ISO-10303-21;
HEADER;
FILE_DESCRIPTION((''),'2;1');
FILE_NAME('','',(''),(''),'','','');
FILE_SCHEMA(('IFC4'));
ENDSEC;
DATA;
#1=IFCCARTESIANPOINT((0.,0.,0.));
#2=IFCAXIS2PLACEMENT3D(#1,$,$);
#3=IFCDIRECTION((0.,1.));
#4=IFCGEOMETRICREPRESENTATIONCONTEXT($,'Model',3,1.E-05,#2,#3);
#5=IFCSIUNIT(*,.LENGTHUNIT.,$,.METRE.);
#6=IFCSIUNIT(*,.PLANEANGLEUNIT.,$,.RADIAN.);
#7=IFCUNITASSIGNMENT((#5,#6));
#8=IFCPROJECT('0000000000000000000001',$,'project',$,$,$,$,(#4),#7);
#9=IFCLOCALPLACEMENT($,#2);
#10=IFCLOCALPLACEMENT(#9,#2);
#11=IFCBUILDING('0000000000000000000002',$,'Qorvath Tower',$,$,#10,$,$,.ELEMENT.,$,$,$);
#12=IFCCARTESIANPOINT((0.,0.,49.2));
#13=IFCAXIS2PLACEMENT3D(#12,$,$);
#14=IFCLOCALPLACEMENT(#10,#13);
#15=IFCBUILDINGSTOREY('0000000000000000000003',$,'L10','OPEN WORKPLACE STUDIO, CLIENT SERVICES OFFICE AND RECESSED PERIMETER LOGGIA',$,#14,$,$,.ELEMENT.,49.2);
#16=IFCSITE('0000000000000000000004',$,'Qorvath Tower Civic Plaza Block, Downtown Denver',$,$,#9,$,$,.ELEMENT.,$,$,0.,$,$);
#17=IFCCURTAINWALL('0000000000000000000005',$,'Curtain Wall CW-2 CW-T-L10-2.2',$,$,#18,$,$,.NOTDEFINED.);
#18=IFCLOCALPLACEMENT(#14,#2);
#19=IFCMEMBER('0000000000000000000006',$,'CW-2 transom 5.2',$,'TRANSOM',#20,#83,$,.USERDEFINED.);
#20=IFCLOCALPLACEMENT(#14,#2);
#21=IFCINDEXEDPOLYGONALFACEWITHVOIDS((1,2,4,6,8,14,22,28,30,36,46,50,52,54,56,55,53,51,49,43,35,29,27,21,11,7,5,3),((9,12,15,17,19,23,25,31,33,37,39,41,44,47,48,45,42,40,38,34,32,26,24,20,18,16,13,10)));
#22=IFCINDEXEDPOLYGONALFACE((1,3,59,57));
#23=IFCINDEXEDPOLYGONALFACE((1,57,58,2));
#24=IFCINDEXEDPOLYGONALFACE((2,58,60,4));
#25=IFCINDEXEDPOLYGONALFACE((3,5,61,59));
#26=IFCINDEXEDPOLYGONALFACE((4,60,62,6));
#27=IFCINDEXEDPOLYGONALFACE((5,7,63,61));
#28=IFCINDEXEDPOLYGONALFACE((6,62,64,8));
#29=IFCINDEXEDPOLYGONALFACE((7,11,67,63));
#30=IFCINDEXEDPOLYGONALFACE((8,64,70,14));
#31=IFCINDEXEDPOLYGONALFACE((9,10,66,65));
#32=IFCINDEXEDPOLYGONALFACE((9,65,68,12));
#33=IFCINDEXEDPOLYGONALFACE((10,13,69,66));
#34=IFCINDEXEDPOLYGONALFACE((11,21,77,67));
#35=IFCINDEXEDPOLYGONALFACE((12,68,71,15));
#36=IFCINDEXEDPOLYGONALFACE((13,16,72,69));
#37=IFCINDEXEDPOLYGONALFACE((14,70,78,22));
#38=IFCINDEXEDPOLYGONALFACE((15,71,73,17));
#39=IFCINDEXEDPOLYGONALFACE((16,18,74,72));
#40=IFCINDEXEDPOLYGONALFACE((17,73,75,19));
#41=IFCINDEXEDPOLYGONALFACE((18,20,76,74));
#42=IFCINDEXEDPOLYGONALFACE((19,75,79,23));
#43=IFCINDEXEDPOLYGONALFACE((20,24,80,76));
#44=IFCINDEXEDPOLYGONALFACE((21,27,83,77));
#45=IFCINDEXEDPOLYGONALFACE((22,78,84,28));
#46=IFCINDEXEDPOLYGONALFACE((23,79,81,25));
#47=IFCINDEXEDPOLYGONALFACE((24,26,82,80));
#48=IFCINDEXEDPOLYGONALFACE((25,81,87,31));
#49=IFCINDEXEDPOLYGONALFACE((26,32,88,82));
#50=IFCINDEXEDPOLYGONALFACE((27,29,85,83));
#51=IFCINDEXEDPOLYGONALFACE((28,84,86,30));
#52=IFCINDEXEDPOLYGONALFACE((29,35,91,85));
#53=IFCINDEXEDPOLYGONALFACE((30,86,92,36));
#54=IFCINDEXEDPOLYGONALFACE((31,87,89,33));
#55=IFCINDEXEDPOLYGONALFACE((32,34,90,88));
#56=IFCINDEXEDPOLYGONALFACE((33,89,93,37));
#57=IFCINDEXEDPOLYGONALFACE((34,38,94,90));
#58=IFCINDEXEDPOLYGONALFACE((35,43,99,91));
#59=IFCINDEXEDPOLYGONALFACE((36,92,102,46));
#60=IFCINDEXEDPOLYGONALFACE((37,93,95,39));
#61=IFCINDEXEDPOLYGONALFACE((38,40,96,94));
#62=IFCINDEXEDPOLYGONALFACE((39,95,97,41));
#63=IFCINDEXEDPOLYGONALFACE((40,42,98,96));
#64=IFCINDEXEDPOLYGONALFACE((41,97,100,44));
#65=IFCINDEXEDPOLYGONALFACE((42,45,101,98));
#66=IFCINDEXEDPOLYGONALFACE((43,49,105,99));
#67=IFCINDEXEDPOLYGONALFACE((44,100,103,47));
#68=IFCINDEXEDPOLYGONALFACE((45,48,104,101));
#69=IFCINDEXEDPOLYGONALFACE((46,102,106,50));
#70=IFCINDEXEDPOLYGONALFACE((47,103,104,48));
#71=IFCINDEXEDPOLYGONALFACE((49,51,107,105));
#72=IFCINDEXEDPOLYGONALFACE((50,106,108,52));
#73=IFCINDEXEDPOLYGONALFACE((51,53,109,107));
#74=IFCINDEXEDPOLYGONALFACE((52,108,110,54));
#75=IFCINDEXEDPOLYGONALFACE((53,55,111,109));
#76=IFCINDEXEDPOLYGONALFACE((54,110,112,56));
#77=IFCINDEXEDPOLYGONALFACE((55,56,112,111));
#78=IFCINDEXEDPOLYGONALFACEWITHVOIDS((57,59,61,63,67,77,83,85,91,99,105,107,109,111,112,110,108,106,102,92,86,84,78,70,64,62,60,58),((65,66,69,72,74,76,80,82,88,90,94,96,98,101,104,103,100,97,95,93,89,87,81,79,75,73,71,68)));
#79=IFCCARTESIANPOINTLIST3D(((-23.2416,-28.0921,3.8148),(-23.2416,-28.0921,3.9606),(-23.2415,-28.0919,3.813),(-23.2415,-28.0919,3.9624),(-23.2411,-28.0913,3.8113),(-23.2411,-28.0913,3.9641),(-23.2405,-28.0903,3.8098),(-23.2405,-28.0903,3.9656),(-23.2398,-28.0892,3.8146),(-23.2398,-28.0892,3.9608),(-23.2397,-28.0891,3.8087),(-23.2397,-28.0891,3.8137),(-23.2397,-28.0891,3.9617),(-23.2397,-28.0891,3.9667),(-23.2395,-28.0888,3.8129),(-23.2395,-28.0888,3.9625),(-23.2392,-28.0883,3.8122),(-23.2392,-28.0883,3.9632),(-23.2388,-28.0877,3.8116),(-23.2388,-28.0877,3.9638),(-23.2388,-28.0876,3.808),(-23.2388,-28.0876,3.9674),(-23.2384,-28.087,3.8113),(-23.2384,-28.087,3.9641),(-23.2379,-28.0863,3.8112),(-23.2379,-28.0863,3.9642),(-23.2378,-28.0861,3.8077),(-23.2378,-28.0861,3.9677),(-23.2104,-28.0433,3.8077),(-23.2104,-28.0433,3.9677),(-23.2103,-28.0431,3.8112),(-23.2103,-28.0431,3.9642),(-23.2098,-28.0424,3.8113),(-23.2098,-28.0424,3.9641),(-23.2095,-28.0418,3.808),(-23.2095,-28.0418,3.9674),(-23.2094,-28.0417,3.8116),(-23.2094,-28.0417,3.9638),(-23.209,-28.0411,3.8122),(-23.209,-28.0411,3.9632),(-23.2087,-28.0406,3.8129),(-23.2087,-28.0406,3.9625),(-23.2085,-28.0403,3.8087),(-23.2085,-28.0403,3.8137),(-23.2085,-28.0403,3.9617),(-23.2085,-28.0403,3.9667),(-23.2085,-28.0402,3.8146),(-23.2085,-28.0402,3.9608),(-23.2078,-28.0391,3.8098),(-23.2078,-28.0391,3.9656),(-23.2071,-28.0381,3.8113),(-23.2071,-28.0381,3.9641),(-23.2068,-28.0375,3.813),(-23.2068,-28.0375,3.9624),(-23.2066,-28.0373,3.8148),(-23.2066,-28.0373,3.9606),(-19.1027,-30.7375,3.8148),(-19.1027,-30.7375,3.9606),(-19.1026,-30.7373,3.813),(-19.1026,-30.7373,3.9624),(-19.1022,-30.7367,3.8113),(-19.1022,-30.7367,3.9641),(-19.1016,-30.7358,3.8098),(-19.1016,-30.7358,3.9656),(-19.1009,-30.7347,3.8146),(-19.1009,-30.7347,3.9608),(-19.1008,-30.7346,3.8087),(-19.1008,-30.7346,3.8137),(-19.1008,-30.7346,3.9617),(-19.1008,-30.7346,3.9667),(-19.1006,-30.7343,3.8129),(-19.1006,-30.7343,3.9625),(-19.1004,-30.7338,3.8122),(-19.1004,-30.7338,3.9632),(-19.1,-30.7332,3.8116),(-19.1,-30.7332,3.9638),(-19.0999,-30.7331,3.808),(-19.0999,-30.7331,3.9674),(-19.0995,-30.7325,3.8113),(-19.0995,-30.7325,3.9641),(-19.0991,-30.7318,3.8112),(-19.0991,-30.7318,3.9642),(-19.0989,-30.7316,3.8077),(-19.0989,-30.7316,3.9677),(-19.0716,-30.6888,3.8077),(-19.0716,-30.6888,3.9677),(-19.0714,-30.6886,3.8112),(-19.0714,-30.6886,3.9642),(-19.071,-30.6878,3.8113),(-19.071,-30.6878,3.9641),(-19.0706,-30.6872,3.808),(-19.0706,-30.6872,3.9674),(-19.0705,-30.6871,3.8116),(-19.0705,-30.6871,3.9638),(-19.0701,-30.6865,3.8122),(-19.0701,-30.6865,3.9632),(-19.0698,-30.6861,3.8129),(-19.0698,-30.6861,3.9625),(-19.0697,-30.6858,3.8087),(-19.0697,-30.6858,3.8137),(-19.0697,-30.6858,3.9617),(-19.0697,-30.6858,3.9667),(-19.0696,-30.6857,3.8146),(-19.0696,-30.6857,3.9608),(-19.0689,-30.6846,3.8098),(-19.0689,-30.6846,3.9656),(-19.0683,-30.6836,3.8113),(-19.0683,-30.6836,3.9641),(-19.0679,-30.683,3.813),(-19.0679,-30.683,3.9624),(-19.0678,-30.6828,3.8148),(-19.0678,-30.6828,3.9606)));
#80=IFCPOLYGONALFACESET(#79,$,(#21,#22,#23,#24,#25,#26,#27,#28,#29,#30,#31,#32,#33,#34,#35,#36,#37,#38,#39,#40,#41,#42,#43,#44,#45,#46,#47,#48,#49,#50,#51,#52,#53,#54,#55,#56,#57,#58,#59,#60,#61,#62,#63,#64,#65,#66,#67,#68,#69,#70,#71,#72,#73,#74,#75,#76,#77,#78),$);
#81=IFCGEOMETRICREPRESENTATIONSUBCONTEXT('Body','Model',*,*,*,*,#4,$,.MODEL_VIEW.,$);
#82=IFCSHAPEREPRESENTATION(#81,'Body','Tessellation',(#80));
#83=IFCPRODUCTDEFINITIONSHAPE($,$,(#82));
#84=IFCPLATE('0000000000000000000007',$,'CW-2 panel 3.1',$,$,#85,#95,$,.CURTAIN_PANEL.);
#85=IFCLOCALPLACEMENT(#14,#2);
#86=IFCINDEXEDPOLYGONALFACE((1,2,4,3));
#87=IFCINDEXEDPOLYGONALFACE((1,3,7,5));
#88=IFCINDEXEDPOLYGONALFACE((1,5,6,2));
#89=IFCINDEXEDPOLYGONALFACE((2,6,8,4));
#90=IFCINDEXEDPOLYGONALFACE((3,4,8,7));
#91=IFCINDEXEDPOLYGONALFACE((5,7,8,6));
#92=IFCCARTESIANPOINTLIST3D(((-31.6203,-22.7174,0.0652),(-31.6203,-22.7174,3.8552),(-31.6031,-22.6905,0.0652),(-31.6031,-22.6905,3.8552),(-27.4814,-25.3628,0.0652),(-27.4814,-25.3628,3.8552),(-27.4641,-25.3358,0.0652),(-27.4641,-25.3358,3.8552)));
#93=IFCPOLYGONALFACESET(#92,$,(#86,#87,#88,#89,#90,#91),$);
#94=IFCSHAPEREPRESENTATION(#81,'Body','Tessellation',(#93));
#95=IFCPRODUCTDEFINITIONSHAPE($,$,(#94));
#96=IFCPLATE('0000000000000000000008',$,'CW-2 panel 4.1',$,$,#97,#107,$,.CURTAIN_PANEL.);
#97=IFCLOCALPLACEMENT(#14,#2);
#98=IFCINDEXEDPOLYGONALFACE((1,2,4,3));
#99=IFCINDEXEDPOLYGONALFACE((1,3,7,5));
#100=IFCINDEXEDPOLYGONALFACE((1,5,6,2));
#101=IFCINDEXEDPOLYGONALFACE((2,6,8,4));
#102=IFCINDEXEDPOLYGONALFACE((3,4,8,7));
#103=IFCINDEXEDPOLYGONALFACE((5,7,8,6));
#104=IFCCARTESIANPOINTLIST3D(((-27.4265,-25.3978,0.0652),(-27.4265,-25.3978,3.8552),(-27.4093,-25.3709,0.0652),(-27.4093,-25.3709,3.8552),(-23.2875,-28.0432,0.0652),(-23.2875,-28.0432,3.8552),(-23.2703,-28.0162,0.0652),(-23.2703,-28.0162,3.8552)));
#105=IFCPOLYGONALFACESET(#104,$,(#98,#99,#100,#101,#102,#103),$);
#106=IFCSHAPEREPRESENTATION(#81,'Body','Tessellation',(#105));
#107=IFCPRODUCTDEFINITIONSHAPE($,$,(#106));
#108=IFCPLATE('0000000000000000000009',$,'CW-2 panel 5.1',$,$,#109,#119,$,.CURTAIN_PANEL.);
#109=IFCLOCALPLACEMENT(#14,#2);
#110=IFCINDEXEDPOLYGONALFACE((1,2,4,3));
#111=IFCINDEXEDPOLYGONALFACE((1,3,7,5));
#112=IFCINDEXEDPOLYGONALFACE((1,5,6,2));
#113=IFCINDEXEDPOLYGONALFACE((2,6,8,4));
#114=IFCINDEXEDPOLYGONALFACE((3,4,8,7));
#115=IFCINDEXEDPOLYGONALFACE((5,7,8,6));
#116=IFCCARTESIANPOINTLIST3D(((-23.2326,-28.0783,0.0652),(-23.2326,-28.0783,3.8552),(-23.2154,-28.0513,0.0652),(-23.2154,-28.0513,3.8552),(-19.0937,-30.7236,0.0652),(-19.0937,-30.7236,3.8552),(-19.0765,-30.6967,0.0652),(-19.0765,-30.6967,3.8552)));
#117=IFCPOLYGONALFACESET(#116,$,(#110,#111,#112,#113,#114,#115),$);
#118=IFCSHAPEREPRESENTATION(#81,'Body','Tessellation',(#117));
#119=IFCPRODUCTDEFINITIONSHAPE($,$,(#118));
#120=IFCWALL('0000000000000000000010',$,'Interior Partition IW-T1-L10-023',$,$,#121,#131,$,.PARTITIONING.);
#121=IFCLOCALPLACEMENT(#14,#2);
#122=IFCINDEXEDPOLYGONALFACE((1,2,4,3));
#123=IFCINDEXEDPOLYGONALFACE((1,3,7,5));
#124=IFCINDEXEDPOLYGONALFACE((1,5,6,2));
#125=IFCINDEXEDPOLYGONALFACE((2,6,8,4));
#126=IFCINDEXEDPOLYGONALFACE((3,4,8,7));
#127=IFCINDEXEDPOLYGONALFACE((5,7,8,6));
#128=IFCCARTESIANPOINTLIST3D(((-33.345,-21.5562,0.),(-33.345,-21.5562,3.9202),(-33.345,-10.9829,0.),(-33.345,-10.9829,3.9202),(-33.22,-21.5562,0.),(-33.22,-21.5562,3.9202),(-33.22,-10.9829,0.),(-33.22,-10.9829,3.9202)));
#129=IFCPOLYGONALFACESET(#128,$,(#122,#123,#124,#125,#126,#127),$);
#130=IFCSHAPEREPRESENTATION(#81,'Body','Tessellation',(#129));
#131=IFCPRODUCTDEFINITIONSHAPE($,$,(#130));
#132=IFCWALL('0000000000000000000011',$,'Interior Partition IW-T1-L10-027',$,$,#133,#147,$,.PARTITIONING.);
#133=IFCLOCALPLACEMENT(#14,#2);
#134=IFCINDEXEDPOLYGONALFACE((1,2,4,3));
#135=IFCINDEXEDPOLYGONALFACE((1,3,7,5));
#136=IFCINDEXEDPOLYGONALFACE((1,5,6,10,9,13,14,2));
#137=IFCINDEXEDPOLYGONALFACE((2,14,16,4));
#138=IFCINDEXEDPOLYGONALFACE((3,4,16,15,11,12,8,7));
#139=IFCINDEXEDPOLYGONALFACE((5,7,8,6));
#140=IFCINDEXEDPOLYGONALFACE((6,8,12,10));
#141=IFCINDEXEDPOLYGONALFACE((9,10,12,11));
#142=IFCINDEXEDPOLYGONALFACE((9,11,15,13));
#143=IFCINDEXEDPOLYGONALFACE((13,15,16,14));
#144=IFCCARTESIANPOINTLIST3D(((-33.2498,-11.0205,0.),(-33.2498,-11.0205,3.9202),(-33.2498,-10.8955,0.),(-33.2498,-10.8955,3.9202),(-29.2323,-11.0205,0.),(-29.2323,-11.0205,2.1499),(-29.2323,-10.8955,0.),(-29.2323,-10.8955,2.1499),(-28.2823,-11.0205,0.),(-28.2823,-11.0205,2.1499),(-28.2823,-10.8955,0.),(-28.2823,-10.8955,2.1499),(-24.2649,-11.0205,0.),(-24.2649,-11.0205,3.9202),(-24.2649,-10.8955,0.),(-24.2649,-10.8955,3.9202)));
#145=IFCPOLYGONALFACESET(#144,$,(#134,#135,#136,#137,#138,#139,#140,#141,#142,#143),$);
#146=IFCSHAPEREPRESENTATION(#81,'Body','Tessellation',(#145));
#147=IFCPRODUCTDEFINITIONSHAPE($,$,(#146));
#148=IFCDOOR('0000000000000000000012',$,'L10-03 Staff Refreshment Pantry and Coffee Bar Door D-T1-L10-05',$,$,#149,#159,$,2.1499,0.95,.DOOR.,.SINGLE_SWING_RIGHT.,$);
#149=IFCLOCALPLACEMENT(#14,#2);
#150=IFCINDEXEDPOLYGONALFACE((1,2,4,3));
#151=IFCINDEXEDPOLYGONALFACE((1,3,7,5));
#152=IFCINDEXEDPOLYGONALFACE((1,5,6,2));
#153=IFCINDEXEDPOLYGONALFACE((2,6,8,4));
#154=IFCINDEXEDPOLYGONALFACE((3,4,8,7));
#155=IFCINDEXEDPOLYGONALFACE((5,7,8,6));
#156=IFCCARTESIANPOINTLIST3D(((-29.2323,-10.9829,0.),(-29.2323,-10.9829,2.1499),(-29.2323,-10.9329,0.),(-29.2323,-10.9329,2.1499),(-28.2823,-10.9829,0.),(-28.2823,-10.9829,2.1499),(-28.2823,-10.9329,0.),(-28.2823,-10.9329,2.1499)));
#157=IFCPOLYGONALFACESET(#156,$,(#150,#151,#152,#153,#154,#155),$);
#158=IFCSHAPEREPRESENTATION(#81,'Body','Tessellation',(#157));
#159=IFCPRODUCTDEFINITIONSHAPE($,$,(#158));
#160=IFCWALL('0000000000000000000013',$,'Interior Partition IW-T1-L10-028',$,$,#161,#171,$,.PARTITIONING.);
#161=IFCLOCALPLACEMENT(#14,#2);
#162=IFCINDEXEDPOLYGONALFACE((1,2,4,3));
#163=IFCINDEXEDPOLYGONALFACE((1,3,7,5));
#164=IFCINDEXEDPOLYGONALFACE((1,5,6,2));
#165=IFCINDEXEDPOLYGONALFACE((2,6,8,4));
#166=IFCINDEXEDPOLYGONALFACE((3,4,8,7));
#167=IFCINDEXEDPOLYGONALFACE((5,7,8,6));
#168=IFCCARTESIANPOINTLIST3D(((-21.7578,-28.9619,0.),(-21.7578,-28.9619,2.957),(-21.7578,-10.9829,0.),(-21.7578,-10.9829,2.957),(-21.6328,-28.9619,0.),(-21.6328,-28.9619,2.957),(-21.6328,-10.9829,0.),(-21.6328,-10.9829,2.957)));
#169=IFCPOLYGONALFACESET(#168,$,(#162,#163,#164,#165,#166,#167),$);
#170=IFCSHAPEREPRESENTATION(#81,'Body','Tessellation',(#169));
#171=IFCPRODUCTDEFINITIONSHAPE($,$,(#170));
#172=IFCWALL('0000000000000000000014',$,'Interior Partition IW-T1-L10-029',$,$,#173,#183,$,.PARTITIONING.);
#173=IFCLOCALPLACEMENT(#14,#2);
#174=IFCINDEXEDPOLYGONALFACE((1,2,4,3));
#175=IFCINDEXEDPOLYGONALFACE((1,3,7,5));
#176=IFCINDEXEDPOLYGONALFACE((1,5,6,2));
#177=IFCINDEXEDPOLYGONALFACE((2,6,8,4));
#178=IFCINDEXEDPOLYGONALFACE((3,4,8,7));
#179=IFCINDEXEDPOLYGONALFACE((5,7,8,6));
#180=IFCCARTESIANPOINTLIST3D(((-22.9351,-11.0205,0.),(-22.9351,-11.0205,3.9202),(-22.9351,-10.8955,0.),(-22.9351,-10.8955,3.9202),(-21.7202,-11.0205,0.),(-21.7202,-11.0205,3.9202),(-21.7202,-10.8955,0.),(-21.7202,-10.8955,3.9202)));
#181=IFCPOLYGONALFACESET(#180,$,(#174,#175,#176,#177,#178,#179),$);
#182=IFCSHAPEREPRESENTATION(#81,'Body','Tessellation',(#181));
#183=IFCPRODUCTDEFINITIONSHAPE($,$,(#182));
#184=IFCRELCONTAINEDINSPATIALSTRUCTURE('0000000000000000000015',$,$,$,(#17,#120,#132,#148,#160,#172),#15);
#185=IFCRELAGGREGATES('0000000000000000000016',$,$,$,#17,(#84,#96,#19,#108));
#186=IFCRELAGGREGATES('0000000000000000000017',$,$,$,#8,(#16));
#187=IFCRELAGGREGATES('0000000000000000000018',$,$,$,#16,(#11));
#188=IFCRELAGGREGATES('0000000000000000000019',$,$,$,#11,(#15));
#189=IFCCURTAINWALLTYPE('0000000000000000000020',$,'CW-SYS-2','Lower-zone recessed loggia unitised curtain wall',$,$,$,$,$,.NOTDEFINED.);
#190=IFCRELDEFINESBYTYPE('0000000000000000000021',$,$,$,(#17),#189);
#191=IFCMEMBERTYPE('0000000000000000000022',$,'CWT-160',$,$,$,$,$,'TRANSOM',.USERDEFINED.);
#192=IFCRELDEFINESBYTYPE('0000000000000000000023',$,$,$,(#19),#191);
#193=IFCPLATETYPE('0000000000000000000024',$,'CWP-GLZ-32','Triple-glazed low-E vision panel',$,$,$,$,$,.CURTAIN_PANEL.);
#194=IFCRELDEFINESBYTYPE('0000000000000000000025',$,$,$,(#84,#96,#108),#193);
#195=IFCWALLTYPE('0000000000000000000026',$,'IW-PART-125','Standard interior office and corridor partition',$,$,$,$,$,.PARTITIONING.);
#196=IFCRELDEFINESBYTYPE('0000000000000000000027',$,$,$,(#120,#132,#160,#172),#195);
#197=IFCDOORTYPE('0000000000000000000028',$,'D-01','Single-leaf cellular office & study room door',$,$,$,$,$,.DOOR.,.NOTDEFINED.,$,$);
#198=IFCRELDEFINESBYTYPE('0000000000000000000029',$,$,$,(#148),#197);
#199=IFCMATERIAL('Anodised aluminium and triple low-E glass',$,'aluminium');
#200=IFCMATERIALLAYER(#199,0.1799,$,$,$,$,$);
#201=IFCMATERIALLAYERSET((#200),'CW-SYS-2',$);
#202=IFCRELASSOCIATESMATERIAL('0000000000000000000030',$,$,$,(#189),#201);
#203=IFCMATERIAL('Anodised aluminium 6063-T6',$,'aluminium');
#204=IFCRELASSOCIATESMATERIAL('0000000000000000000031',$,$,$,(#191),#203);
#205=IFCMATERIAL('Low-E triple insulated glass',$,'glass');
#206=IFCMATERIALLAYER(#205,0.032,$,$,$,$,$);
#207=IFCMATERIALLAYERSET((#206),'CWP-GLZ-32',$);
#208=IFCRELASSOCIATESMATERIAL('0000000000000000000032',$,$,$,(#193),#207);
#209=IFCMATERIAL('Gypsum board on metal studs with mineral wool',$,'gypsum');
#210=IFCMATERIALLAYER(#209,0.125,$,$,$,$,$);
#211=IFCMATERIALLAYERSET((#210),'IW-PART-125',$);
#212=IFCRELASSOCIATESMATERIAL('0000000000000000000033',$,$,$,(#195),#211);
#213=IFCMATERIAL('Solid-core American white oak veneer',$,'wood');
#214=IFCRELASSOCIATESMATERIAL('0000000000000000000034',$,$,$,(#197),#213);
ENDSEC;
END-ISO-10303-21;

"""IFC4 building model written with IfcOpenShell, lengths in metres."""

from ifc_helpers import new_model, si_unit, direction, frame, frame_2d, origin, origin_2d, place, context, subcontext, project, spatial, rectangle, hollow_rectangle, extrude, material, layer, layer_set, material_profile, profile_set, type_object, element, fill, aggregate, save


model = new_model("IFC4")

# Units and contexts
model_context = context("Model", 3, precision=1e-05, world=origin(), true_north=direction((0.0, 1.0)))
body_context = subcontext(model_context, "Body", "Model", "MODEL_VIEW")
ifc_project = project(units=[si_unit("LENGTHUNIT", "METRE"), si_unit("PLANEANGLEUNIT", "RADIAN")], contexts=[model_context])

# Site, building, storey
site_placement = place(None, origin())
site = spatial("IfcSite", under=ifc_project, at=site_placement, Name="Qorvath Tower Civic Plaza Block, Downtown Denver", CompositionType="ELEMENT", RefElevation=0.0)
building_placement = place(site_placement, origin())
building = spatial("IfcBuilding", under=site, at=building_placement, Name="Qorvath Tower", CompositionType="ELEMENT")
storey_placement = place(building_placement, frame((0.0, 0.0, 49.2)))
storey = spatial("IfcBuildingStorey", under=building, at=storey_placement, Name="L10", Description="OPEN WORKPLACE STUDIO, CLIENT SERVICES OFFICE AND RECESSED PERIMETER LOGGIA", CompositionType="ELEMENT", Elevation=49.2)

# Curtain wall, member, plates
ifc_material_1 = material(Name="Anodised aluminium and triple low-E glass", Category="aluminium")
ifc_layer_1 = layer(ifc_material_1, 0.1799)
ifc_layer_set_1 = layer_set([ifc_layer_1], Name="CW-SYS-2")
curtain_wall_type = type_object("IfcCurtainWallType", Name="CW-SYS-2", Description="Lower-zone recessed loggia unitised curtain wall", PredefinedType="NOTDEFINED", material=ifc_layer_set_1)
curtain_wall_placement = place(storey_placement, origin())
curtain_wall = element("IfcCurtainWall", 1, at=curtain_wall_placement, inside=storey, type_object=curtain_wall_type, Name="Curtain Wall CW-2 CW-T-L10-2.2", PredefinedType="NOTDEFINED")
ifc_material_2 = material(Name="Anodised aluminium 6063-T6", Category="aluminium")
ifc_material_profile_1 = material_profile(ifc_material_2, hollow_rectangle(XDim=0.0649, YDim=0.1599, WallThickness=0.0034, InnerFilletRadius=0.0034, OuterFilletRadius=0.0071, at=origin_2d()), Name="CWT 160x65")
ifc_profile_set_1 = profile_set([ifc_material_profile_1], Name="Anodised aluminium 6063-T6")
member_type_1 = type_object("IfcMemberType", Name="CWT-160", ElementType="TRANSOM", PredefinedType="USERDEFINED", material=ifc_profile_set_1)
member_1_placement = place(storey_placement, frame((-23.2241, -28.0647, 3.8877), z_axis=(0.842585, -0.538563, 0.0), x_axis=(0.538563, 0.842585, 0.0)))
member_1 = element("IfcMember", 2, at=member_1_placement, type_object=member_type_1, Name="CW-2 transom 5.2", ObjectType="TRANSOM", PredefinedType="USERDEFINED", context=body_context, shape_type="SweptSolid", body=[
    extrude(hollow_rectangle(XDim=0.0649, YDim=0.1599, WallThickness=0.0034, InnerFilletRadius=0.0034, OuterFilletRadius=0.0071, at=origin_2d()), origin(), (0.0, 0.0, 1.0), 4.9121),
])
ifc_material_3 = material(Name="Low-E triple insulated glass", Category="glass")
ifc_layer_2 = layer(ifc_material_3, 0.032)
ifc_layer_set_2 = layer_set([ifc_layer_2], Name="CWP-GLZ-32")
plate_type = type_object("IfcPlateType", Name="CWP-GLZ-32", Description="Triple-glazed low-E vision panel", PredefinedType="CURTAIN_PANEL", material=ifc_layer_set_2)
plate_1_placement = place(storey_placement, frame((-29.5422, -24.0266, 0.0652), z_axis=(0.0, 0.0, 1.0), x_axis=(0.842602, -0.538537, 0.0)))
plate_1 = element("IfcPlate", 3, at=plate_1_placement, type_object=plate_type, Name="CW-2 panel 3.1", PredefinedType="CURTAIN_PANEL", context=body_context, shape_type="SweptSolid", body=[
    extrude(rectangle(XDim=4.9121, YDim=0.032, at=origin_2d()), origin(), (0.0, 0.0, 1.0), 3.79),
])
plate_2_placement = place(storey_placement, frame((-25.3484, -26.707, 0.0652), z_axis=(0.0, 0.0, 1.0), x_axis=(0.842602, -0.538537, 0.0)))
plate_2 = element("IfcPlate", 4, at=plate_2_placement, type_object=plate_type, Name="CW-2 panel 4.1", PredefinedType="CURTAIN_PANEL", context=body_context, shape_type="SweptSolid", body=[
    extrude(rectangle(XDim=4.9121, YDim=0.032, at=origin_2d()), origin(), (0.0, 0.0, 1.0), 3.79),
])
plate_3_placement = place(storey_placement, frame((-21.1545, -29.3875, 0.0652), z_axis=(0.0, 0.0, 1.0), x_axis=(0.842602, -0.538537, 0.0)))
plate_3 = element("IfcPlate", 5, at=plate_3_placement, type_object=plate_type, Name="CW-2 panel 5.1", PredefinedType="CURTAIN_PANEL", context=body_context, shape_type="SweptSolid", body=[
    extrude(rectangle(XDim=4.9121, YDim=0.032, at=origin_2d()), origin(), (0.0, 0.0, 1.0), 3.79),
])
aggregate(curtain_wall, [plate_1, plate_2, member_1, plate_3])

# Wall
ifc_material_4 = material(Name="Gypsum board on metal studs with mineral wool", Category="gypsum")
ifc_layer_3 = layer(ifc_material_4, 0.125)
ifc_layer_set_3 = layer_set([ifc_layer_3], Name="IW-PART-125")
wall_type = type_object("IfcWallType", Name="IW-PART-125", Description="Standard interior office and corridor partition", PredefinedType="PARTITIONING", material=ifc_layer_set_3)
wall_1_placement = place(storey_placement, frame((-33.2825, -21.5562, 0.0), z_axis=(0.0, 0.0, 1.0), x_axis=(0.0, 1.0, 0.0)))
element("IfcWall", 6, at=wall_1_placement, inside=storey, type_object=wall_type, Name="Interior Partition IW-T1-L10-023", PredefinedType="PARTITIONING", context=body_context, shape_type="SweptSolid", body=[
    extrude(rectangle(XDim=10.5732, YDim=0.125, at=frame_2d((5.2866, 0.0))), origin(), (0.0, 0.0, 1.0), 3.9202),
])

# Wall, opening, door
wall_2_placement = place(storey_placement, frame((-24.2649, -10.958, 0.0), z_axis=(0.0, 0.0, 1.0), x_axis=(-1.0, 0.0, 0.0)))
wall_2 = element("IfcWall", 7, at=wall_2_placement, inside=storey, type_object=wall_type, Name="Interior Partition IW-T1-L10-027", PredefinedType="PARTITIONING", context=body_context, shape_type="SweptSolid", body=[
    extrude(rectangle(XDim=8.9849, YDim=0.125, at=frame_2d((4.4924, 0.0))), origin(), (0.0, 0.0, 1.0), 3.9202),
])
opening_placement = place(wall_2_placement, frame((4.0173, 0.0, 0.0)))
opening = element("IfcOpeningElement", 8, at=opening_placement, cuts=wall_2, PredefinedType="OPENING", context=body_context, shape_type="SweptSolid", body=[
    extrude(rectangle(XDim=0.95, YDim=2.1499, at=frame_2d((0.4751, 1.075))), frame((0.0, 0.0725, 0.0), z_axis=(0.0, -1.0, 0.0), x_axis=(1.0, 0.0, 0.0)), (0.0, 0.0, 1.0), 0.145),
])
ifc_material_5 = material(Name="Solid-core American white oak veneer", Category="wood")
door_type = type_object("IfcDoorType", Name="D-01", Description="Single-leaf cellular office & study room door", OperationType="NOTDEFINED", PredefinedType="DOOR", material=ifc_material_5)
door_placement = place(opening_placement, origin())
door = element("IfcDoor", 9, at=door_placement, inside=storey, type_object=door_type, Name="L10-03 Staff Refreshment Pantry and Coffee Bar Door D-T1-L10-05", OperationType="SINGLE_SWING_RIGHT", OverallHeight=2.1499, OverallWidth=0.95, PredefinedType="DOOR", context=body_context, shape_type="SweptSolid", body=[
    extrude(rectangle(XDim=0.95, YDim=2.1499, at=frame_2d((0.4751, 1.075))), frame((0.0, 0.0249, 0.0), z_axis=(0.0, -1.0, 0.0), x_axis=(1.0, 0.0, 0.0)), (0.0, 0.0, 1.0), 0.05),
])
fill(opening, door)

# Walls
wall_3_placement = place(storey_placement, frame((-21.6953, -28.9619, 0.0), z_axis=(0.0, 0.0, 1.0), x_axis=(0.0, 1.0, 0.0)))
element("IfcWall", 10, at=wall_3_placement, inside=storey, type_object=wall_type, Name="Interior Partition IW-T1-L10-028", PredefinedType="PARTITIONING", context=body_context, shape_type="SweptSolid", body=[
    extrude(rectangle(XDim=17.979, YDim=0.125, at=frame_2d((8.9895, 0.0))), origin(), (0.0, 0.0, 1.0), 2.957),
])
wall_4_placement = place(storey_placement, frame((-21.7202, -10.958, 0.0), z_axis=(0.0, 0.0, 1.0), x_axis=(-1.0, 0.0, 0.0)))
element("IfcWall", 11, at=wall_4_placement, inside=storey, type_object=wall_type, Name="Interior Partition IW-T1-L10-029", PredefinedType="PARTITIONING", context=body_context, shape_type="SweptSolid", body=[
    extrude(rectangle(XDim=1.2148, YDim=0.125, at=frame_2d((0.6074, 0.0))), origin(), (0.0, 0.0, 1.0), 3.9202),
])

save(model, "model.ifc")
